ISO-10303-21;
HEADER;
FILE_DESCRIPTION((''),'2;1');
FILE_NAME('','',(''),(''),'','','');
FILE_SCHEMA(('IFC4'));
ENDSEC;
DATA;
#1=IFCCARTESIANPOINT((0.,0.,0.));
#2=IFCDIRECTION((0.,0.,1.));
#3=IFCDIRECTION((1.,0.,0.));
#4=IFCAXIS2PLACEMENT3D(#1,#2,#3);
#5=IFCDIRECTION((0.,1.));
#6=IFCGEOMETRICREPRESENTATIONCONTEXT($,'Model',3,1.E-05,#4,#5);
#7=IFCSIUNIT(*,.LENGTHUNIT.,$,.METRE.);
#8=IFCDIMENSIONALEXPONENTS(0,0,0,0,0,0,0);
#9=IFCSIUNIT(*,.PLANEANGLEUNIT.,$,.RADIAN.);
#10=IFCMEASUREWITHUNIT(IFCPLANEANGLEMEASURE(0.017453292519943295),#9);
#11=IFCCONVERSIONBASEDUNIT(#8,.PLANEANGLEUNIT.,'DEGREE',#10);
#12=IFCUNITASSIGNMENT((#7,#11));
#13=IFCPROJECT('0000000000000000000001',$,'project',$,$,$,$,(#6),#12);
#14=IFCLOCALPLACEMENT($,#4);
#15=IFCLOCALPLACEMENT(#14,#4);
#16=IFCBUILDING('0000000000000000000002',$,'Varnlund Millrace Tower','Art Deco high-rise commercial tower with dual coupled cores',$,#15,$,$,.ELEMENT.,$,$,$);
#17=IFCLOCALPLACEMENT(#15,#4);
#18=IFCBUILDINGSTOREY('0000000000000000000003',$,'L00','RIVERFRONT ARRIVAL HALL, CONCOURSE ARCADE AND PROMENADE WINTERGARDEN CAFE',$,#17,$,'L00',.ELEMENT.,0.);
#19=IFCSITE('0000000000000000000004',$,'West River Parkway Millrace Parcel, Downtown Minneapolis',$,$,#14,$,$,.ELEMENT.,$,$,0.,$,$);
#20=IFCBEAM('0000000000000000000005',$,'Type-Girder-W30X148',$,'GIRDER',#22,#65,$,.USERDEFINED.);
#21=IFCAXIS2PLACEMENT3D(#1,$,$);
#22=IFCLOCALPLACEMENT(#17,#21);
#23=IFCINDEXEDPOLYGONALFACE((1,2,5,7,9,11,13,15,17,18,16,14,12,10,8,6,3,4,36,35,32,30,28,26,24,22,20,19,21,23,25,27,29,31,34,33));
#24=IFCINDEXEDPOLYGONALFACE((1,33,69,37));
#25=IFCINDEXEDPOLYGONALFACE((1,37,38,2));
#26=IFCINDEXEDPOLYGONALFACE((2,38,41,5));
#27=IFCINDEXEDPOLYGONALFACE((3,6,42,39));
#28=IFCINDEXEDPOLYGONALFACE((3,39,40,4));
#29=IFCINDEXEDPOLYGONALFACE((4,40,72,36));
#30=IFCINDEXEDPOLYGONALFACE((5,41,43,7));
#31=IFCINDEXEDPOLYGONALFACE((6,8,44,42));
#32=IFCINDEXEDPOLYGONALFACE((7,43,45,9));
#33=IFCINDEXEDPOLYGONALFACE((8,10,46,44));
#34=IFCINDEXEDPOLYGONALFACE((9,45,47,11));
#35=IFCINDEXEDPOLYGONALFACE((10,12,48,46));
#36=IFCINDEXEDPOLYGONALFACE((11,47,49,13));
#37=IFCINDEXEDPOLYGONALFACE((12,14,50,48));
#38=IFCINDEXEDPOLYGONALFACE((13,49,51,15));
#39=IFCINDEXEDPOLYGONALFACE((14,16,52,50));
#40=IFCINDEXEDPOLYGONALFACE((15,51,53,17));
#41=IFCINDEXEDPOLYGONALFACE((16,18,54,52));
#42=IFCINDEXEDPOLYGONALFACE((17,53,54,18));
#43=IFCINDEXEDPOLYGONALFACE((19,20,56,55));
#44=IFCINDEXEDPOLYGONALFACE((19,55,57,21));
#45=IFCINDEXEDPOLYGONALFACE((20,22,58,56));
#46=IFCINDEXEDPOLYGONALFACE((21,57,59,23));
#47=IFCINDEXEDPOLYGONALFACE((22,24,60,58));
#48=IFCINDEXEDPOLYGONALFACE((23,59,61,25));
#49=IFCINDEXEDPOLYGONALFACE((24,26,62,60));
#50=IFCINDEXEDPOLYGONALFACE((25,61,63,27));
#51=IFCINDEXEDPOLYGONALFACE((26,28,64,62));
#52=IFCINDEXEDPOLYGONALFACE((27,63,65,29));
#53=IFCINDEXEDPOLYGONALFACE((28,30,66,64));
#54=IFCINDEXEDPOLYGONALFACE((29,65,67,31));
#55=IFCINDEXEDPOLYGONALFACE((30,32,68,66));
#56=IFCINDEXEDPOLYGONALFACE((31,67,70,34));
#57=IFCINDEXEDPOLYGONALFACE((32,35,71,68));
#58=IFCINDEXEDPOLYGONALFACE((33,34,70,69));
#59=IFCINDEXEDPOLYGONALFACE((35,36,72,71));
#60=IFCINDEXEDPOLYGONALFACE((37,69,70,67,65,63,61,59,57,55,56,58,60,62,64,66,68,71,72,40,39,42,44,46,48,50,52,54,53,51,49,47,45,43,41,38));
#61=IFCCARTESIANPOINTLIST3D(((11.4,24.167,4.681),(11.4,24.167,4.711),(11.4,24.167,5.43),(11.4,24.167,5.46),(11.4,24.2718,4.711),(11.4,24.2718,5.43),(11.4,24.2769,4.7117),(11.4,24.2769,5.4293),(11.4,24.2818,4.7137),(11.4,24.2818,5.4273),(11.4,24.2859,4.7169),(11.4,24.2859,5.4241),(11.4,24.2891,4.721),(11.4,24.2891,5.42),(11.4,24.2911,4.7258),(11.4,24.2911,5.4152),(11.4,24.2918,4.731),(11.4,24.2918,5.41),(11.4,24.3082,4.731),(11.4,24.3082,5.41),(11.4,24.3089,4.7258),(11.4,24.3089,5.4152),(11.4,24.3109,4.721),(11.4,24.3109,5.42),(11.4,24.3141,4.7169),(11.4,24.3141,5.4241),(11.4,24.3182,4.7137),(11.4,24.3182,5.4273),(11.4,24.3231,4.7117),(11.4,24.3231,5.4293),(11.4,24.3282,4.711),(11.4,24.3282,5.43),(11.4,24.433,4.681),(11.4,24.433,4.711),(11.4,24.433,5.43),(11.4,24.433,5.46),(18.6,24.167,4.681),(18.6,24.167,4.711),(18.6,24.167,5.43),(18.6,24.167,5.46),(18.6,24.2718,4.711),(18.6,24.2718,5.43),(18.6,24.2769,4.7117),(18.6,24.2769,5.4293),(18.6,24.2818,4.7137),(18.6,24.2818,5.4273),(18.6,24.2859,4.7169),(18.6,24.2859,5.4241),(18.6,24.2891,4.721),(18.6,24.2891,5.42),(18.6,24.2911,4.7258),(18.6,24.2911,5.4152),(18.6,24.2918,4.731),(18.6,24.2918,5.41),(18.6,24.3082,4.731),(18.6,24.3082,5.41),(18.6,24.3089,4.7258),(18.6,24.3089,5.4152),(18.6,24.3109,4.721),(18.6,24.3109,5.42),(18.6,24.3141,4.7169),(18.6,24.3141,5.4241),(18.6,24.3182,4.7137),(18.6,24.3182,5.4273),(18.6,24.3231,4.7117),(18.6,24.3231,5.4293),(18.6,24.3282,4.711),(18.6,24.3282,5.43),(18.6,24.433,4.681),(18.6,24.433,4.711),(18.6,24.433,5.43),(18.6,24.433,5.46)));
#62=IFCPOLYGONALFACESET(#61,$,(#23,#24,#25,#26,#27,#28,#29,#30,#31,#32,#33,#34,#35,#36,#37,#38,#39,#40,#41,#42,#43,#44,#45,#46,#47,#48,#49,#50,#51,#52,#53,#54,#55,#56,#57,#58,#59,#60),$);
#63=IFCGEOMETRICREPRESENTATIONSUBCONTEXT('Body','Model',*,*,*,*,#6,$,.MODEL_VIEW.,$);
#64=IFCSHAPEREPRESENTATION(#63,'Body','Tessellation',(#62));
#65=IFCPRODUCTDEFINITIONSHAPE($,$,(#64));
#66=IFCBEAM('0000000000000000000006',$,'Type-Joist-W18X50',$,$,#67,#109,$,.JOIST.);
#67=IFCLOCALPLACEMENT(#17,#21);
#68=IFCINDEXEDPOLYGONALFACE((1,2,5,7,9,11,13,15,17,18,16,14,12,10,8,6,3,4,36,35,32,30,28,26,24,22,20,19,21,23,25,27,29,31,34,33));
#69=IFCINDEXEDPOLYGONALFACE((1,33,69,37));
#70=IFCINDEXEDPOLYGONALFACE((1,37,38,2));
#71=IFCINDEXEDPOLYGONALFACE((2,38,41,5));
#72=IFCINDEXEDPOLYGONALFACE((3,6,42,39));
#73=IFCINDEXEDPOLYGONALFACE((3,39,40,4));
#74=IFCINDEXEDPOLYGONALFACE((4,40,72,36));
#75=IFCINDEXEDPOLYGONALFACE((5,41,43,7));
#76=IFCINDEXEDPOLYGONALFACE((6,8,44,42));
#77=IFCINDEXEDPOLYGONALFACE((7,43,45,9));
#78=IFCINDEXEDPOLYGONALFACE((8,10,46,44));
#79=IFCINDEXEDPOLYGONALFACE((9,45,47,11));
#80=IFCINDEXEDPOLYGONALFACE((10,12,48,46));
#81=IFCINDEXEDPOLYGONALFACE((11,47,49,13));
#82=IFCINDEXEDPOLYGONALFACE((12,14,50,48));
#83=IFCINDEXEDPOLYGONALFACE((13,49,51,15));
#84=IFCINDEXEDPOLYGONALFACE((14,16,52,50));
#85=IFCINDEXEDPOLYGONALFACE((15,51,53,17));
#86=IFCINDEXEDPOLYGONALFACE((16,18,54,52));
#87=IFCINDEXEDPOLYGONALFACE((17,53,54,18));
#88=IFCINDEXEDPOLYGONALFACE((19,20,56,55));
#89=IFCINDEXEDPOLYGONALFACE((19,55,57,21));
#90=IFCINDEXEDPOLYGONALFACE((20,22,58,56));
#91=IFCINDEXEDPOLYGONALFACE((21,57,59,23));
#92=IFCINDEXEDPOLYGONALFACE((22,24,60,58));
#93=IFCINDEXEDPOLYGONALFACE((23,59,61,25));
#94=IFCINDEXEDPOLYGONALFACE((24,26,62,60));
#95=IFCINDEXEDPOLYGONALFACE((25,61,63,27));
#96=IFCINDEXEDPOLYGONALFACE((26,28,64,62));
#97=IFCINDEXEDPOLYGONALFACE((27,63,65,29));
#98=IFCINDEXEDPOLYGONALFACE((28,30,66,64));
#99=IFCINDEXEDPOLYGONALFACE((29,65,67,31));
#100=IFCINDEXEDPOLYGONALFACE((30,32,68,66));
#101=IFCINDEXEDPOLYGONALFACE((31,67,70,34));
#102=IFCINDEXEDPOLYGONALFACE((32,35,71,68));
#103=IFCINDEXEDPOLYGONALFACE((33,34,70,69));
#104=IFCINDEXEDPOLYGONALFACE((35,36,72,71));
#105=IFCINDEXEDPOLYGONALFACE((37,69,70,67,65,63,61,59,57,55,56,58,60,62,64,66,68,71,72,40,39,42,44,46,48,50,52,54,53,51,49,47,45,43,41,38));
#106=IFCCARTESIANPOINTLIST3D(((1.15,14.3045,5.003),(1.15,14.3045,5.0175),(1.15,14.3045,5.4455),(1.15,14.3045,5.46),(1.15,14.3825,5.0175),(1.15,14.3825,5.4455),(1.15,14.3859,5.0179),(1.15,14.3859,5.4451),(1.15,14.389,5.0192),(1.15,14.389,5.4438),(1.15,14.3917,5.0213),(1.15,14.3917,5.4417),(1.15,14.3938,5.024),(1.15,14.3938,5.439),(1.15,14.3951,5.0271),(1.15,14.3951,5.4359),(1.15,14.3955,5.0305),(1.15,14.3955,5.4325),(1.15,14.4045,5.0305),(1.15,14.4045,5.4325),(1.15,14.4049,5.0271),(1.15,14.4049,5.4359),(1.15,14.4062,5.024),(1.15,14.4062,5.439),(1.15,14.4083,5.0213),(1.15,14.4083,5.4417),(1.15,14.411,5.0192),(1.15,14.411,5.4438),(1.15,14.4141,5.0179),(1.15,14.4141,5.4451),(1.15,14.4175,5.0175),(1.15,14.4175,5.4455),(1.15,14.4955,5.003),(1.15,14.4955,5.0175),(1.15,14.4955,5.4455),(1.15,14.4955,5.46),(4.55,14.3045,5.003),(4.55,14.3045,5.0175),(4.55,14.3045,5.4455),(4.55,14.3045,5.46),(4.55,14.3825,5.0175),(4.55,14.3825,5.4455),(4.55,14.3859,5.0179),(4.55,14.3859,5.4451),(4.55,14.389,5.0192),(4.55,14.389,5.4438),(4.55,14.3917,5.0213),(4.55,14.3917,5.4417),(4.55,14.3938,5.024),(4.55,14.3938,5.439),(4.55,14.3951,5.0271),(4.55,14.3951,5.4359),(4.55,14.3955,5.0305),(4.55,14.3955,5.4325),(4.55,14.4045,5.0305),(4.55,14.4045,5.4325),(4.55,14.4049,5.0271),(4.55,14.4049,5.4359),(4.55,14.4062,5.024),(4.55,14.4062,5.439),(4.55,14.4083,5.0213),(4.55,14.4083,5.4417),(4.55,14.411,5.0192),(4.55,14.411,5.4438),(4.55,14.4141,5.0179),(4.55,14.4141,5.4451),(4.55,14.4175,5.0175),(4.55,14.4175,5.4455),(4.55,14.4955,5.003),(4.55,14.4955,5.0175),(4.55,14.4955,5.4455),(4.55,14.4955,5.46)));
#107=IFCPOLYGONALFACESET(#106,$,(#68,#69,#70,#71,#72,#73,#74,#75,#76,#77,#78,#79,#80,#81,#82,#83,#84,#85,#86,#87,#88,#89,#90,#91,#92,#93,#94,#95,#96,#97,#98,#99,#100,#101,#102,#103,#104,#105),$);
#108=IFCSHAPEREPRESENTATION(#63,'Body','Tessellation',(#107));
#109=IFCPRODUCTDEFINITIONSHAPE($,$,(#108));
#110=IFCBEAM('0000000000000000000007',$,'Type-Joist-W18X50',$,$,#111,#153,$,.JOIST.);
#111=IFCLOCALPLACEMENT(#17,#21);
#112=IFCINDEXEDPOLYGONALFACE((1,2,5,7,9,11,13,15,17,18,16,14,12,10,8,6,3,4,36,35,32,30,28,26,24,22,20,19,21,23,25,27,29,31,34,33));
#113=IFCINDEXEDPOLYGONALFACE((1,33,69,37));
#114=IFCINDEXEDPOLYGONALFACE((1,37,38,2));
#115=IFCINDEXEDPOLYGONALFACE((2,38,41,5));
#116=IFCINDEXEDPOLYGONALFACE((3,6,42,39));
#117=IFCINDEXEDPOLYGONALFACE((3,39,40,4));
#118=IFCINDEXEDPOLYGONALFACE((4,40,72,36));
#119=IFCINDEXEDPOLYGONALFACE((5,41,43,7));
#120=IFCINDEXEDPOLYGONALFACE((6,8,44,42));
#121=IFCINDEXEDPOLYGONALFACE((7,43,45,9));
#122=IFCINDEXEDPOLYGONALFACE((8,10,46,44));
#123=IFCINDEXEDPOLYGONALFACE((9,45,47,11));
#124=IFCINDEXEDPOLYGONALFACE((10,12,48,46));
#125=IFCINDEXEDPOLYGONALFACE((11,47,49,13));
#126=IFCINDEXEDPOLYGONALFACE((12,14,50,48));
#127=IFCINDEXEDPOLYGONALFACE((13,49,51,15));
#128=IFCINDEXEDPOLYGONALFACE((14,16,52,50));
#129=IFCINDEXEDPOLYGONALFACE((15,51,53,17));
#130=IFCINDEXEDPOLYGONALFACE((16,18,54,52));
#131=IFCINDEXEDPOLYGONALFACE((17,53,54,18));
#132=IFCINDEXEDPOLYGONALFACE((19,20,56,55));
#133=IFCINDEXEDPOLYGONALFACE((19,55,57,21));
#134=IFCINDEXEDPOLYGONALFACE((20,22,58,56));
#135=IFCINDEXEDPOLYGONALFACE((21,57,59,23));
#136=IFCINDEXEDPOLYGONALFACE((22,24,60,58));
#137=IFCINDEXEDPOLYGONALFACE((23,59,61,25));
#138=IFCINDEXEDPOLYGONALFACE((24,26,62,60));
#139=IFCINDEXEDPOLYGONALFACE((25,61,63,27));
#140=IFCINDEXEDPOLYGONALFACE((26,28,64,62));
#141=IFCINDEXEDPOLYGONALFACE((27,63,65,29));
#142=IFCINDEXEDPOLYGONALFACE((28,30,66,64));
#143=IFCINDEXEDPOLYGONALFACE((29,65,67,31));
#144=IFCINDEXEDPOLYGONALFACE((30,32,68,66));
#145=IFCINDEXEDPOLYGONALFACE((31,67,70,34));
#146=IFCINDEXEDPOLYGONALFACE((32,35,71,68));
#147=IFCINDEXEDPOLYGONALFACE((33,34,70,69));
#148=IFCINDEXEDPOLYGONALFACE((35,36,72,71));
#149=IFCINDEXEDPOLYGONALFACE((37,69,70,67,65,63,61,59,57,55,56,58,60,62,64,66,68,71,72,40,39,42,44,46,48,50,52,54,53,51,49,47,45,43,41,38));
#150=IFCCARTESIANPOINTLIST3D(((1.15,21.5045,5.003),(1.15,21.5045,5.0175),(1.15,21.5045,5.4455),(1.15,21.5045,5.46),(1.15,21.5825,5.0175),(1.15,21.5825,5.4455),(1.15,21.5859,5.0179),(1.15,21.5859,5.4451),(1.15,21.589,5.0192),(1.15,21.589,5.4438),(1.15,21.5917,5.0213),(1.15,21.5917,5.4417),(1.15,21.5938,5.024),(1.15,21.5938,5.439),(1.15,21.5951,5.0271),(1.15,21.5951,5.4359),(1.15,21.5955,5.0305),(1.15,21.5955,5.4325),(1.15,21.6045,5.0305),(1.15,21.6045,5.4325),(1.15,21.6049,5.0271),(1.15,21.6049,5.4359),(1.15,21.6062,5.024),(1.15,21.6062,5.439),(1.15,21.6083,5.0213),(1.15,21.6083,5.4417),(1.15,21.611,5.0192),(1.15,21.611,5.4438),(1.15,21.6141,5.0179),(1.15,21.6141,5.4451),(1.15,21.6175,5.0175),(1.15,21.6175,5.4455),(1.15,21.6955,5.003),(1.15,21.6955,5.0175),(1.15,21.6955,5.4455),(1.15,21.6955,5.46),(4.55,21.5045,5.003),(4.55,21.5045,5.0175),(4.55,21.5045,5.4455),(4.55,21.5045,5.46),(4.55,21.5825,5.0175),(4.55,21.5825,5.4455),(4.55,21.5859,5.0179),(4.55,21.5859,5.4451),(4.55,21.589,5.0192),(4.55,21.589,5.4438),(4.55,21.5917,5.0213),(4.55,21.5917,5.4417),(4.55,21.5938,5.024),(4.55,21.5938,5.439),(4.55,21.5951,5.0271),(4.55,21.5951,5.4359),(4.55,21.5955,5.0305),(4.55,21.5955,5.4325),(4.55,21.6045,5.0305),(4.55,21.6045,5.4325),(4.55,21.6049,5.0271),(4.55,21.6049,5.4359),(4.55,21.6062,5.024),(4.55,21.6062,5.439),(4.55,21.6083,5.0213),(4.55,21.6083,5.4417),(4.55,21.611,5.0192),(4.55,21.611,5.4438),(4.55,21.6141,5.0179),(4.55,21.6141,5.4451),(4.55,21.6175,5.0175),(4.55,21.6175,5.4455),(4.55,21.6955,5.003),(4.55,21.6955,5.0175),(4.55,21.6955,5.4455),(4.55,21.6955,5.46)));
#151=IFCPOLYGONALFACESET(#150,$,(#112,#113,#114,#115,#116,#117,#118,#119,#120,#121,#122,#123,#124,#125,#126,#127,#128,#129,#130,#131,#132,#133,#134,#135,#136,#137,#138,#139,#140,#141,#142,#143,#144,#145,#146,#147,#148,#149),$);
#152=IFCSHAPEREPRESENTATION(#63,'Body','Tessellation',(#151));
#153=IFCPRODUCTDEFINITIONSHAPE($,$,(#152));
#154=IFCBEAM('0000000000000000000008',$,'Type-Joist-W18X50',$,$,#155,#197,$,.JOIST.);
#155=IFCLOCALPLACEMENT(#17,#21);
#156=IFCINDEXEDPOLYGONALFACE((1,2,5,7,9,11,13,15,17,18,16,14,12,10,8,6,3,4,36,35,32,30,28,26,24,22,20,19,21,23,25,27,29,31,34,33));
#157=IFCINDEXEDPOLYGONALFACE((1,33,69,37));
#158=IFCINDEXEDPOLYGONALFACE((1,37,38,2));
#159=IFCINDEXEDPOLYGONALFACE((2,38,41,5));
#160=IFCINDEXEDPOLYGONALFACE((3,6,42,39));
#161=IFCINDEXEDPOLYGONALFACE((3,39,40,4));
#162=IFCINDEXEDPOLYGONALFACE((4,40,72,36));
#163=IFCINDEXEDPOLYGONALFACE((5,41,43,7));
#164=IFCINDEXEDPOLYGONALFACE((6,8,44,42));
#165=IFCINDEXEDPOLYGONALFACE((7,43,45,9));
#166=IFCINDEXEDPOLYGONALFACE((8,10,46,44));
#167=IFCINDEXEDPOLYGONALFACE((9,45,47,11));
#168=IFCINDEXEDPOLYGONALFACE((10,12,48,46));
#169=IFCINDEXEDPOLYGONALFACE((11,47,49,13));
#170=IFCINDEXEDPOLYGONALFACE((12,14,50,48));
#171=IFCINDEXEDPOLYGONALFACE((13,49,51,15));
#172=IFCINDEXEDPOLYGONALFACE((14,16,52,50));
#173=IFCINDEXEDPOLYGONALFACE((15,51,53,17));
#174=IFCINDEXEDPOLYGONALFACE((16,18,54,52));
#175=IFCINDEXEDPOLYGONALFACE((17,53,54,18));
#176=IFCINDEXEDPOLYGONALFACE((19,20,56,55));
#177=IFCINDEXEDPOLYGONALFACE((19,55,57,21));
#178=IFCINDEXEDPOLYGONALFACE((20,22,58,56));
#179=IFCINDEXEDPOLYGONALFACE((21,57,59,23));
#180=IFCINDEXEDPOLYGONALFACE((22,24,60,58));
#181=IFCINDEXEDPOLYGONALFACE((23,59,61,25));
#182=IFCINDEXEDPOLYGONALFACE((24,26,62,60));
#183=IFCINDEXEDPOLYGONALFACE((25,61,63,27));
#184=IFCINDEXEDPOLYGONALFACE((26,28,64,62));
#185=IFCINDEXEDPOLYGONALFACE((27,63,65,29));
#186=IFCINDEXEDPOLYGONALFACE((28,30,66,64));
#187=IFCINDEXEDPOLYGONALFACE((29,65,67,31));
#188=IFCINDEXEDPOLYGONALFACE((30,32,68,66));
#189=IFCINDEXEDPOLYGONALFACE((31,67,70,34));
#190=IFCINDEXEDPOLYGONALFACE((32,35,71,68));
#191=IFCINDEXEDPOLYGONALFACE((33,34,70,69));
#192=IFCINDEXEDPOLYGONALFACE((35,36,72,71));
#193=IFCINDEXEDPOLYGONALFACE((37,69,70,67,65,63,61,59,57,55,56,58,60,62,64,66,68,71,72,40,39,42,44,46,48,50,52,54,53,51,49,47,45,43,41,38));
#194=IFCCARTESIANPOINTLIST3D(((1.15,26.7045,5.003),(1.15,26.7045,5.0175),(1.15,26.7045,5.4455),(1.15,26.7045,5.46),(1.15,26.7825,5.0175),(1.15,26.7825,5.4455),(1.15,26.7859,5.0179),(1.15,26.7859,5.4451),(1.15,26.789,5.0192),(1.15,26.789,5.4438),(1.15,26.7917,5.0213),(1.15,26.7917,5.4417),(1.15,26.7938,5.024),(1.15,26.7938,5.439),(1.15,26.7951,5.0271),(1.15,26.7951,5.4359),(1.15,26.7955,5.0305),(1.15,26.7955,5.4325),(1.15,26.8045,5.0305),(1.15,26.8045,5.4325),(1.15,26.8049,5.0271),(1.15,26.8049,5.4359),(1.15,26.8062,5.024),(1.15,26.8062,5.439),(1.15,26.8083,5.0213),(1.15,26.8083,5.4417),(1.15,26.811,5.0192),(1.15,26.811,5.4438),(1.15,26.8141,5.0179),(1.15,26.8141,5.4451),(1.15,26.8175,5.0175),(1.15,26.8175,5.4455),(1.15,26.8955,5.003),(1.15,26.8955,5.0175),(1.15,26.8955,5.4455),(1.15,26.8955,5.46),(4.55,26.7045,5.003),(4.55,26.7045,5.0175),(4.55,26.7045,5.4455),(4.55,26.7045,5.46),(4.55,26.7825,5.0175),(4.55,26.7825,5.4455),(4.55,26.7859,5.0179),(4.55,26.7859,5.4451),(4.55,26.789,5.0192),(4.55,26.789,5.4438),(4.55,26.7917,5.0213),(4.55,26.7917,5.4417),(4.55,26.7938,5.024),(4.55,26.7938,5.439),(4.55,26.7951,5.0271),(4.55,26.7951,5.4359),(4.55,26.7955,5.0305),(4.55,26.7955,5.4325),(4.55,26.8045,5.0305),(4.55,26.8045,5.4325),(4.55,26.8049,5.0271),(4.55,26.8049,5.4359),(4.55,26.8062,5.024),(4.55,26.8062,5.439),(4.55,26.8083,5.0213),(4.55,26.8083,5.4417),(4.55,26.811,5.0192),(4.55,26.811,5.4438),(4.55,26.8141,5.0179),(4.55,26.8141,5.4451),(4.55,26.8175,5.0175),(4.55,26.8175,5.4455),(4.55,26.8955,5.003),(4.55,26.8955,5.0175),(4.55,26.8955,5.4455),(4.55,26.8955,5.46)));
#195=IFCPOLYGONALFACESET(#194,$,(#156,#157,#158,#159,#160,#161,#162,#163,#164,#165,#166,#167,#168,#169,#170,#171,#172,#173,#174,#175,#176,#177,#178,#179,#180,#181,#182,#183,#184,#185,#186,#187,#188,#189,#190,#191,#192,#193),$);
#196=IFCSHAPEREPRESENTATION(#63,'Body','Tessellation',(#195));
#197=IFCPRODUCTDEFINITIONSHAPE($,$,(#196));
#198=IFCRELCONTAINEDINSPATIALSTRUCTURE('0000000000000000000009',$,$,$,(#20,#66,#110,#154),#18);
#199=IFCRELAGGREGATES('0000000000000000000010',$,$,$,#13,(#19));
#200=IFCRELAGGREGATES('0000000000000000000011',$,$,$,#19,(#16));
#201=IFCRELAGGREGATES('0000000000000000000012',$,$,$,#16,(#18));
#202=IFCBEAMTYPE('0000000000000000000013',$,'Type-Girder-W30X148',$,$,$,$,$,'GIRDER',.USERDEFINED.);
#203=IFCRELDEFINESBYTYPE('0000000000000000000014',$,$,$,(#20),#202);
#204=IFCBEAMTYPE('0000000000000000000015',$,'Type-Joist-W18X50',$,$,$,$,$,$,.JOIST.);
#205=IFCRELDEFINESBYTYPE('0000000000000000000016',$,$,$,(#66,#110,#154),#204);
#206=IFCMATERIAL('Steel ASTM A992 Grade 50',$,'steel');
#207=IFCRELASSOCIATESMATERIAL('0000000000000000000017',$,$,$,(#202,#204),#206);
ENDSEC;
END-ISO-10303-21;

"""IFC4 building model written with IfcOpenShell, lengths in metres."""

from ifc_helpers import new_model, entity, si_unit, converted_unit, direction, frame, origin_with_axes, origin_2d_with_axis, place, context, subcontext, project, spatial, i_section, extrude, material, material_profile, profile_set, type_object, element, save


model = new_model("IFC4")

# Units and contexts
model_context = context("Model", 3, precision=1e-05, world=origin_with_axes(), true_north=direction((0.0, 1.0)))
body_context = subcontext(model_context, "Body", "Model", "MODEL_VIEW")
ifc_project = project(units=[si_unit("LENGTHUNIT", "METRE"), converted_unit("PLANEANGLEUNIT", "DEGREE", entity("IfcPlaneAngleMeasure", 0.017453292519943295), si_unit("PLANEANGLEUNIT", "RADIAN"), dimensions=[0, 0, 0, 0, 0, 0, 0])], contexts=[model_context])

# Site, building, storey
site_placement = place(None, origin_with_axes())
site = spatial("IfcSite", under=ifc_project, at=site_placement, Name="West River Parkway Millrace Parcel, Downtown Minneapolis", CompositionType="ELEMENT", RefElevation=0.0)
building_placement = place(site_placement, origin_with_axes())
building = spatial("IfcBuilding", under=site, at=building_placement, Name="Varnlund Millrace Tower", Description="Art Deco high-rise commercial tower with dual coupled cores", CompositionType="ELEMENT")
storey_placement = place(building_placement, origin_with_axes())
storey = spatial("IfcBuildingStorey", under=building, at=storey_placement, Name="L00", Description="RIVERFRONT ARRIVAL HALL, CONCOURSE ARCADE AND PROMENADE WINTERGARDEN CAFE", LongName="L00", CompositionType="ELEMENT", Elevation=0.0)

# Beams
ifc_material_1 = material(Name="Steel ASTM A992 Grade 50", Category="steel")
ifc_material_profile_1 = material_profile(ifc_material_1, i_section(OverallWidth=0.266, OverallDepth=0.779, WebThickness=0.0165, FlangeThickness=0.03, FilletRadius=0.02, at=origin_2d_with_axis()), Name="Steel ASTM A992 Grade 50")
ifc_profile_set_1 = profile_set([ifc_material_profile_1], Name="Steel ASTM A992 Grade 50")
beam_type_1 = type_object("IfcBeamType", Name="Type-Girder-W30X148", ElementType="GIRDER", PredefinedType="USERDEFINED", material=ifc_profile_set_1)
beam_1_placement = place(storey_placement, frame((11.4, 24.3, 5.0705), z_axis=(1.0, 0.0, 0.0), x_axis=(0.0, 1.0, 0.0)))
element("IfcBeam", 1, at=beam_1_placement, inside=storey, type_object=beam_type_1, Name="Type-Girder-W30X148", ObjectType="GIRDER", PredefinedType="USERDEFINED", context=body_context, shape_type="SweptSolid", body=[
    extrude(i_section(OverallWidth=0.266, OverallDepth=0.779, WebThickness=0.0165, FlangeThickness=0.03, FilletRadius=0.02, at=origin_2d_with_axis()), origin_with_axes(), (0.0, 0.0, 1.0), 7.2),
])
ifc_material_profile_2 = material_profile(ifc_material_1, i_section(OverallWidth=0.191, OverallDepth=0.457, WebThickness=0.009, FlangeThickness=0.0145, FilletRadius=0.013, at=origin_2d_with_axis()), Name="Steel ASTM A992 Grade 50")
ifc_profile_set_2 = profile_set([ifc_material_profile_2], Name="Steel ASTM A992 Grade 50")
beam_type_2 = type_object("IfcBeamType", Name="Type-Joist-W18X50", PredefinedType="JOIST", material=ifc_profile_set_2)
for number, where, z_axis, x_axis, name in (
    (2, (1.15, 14.4, 5.2315), (1.0, 0.0, 0.0), (0.0, 1.0, 0.0), "Type-Joist-W18X50"),
    (3, (1.15, 21.6, 5.2315), (1.0, 0.0, 0.0), (0.0, 1.0, 0.0), "Type-Joist-W18X50"),
    (4, (1.15, 26.8, 5.2315), (1.0, 0.0, 0.0), (0.0, 1.0, 0.0), "Type-Joist-W18X50"),
):
    element("IfcBeam", number, at=place(storey_placement, frame(where, z_axis=z_axis, x_axis=x_axis)), inside=storey, type_object=beam_type_2, Name=name, PredefinedType="JOIST", context=body_context, shape_type="SweptSolid", body=[
        extrude(i_section(OverallWidth=0.191, OverallDepth=0.457, WebThickness=0.009, FlangeThickness=0.0145, FilletRadius=0.013, at=origin_2d_with_axis()), origin_with_axes(), (0.0, 0.0, 1.0), 3.4),
    ])

save(model, "model.ifc")
